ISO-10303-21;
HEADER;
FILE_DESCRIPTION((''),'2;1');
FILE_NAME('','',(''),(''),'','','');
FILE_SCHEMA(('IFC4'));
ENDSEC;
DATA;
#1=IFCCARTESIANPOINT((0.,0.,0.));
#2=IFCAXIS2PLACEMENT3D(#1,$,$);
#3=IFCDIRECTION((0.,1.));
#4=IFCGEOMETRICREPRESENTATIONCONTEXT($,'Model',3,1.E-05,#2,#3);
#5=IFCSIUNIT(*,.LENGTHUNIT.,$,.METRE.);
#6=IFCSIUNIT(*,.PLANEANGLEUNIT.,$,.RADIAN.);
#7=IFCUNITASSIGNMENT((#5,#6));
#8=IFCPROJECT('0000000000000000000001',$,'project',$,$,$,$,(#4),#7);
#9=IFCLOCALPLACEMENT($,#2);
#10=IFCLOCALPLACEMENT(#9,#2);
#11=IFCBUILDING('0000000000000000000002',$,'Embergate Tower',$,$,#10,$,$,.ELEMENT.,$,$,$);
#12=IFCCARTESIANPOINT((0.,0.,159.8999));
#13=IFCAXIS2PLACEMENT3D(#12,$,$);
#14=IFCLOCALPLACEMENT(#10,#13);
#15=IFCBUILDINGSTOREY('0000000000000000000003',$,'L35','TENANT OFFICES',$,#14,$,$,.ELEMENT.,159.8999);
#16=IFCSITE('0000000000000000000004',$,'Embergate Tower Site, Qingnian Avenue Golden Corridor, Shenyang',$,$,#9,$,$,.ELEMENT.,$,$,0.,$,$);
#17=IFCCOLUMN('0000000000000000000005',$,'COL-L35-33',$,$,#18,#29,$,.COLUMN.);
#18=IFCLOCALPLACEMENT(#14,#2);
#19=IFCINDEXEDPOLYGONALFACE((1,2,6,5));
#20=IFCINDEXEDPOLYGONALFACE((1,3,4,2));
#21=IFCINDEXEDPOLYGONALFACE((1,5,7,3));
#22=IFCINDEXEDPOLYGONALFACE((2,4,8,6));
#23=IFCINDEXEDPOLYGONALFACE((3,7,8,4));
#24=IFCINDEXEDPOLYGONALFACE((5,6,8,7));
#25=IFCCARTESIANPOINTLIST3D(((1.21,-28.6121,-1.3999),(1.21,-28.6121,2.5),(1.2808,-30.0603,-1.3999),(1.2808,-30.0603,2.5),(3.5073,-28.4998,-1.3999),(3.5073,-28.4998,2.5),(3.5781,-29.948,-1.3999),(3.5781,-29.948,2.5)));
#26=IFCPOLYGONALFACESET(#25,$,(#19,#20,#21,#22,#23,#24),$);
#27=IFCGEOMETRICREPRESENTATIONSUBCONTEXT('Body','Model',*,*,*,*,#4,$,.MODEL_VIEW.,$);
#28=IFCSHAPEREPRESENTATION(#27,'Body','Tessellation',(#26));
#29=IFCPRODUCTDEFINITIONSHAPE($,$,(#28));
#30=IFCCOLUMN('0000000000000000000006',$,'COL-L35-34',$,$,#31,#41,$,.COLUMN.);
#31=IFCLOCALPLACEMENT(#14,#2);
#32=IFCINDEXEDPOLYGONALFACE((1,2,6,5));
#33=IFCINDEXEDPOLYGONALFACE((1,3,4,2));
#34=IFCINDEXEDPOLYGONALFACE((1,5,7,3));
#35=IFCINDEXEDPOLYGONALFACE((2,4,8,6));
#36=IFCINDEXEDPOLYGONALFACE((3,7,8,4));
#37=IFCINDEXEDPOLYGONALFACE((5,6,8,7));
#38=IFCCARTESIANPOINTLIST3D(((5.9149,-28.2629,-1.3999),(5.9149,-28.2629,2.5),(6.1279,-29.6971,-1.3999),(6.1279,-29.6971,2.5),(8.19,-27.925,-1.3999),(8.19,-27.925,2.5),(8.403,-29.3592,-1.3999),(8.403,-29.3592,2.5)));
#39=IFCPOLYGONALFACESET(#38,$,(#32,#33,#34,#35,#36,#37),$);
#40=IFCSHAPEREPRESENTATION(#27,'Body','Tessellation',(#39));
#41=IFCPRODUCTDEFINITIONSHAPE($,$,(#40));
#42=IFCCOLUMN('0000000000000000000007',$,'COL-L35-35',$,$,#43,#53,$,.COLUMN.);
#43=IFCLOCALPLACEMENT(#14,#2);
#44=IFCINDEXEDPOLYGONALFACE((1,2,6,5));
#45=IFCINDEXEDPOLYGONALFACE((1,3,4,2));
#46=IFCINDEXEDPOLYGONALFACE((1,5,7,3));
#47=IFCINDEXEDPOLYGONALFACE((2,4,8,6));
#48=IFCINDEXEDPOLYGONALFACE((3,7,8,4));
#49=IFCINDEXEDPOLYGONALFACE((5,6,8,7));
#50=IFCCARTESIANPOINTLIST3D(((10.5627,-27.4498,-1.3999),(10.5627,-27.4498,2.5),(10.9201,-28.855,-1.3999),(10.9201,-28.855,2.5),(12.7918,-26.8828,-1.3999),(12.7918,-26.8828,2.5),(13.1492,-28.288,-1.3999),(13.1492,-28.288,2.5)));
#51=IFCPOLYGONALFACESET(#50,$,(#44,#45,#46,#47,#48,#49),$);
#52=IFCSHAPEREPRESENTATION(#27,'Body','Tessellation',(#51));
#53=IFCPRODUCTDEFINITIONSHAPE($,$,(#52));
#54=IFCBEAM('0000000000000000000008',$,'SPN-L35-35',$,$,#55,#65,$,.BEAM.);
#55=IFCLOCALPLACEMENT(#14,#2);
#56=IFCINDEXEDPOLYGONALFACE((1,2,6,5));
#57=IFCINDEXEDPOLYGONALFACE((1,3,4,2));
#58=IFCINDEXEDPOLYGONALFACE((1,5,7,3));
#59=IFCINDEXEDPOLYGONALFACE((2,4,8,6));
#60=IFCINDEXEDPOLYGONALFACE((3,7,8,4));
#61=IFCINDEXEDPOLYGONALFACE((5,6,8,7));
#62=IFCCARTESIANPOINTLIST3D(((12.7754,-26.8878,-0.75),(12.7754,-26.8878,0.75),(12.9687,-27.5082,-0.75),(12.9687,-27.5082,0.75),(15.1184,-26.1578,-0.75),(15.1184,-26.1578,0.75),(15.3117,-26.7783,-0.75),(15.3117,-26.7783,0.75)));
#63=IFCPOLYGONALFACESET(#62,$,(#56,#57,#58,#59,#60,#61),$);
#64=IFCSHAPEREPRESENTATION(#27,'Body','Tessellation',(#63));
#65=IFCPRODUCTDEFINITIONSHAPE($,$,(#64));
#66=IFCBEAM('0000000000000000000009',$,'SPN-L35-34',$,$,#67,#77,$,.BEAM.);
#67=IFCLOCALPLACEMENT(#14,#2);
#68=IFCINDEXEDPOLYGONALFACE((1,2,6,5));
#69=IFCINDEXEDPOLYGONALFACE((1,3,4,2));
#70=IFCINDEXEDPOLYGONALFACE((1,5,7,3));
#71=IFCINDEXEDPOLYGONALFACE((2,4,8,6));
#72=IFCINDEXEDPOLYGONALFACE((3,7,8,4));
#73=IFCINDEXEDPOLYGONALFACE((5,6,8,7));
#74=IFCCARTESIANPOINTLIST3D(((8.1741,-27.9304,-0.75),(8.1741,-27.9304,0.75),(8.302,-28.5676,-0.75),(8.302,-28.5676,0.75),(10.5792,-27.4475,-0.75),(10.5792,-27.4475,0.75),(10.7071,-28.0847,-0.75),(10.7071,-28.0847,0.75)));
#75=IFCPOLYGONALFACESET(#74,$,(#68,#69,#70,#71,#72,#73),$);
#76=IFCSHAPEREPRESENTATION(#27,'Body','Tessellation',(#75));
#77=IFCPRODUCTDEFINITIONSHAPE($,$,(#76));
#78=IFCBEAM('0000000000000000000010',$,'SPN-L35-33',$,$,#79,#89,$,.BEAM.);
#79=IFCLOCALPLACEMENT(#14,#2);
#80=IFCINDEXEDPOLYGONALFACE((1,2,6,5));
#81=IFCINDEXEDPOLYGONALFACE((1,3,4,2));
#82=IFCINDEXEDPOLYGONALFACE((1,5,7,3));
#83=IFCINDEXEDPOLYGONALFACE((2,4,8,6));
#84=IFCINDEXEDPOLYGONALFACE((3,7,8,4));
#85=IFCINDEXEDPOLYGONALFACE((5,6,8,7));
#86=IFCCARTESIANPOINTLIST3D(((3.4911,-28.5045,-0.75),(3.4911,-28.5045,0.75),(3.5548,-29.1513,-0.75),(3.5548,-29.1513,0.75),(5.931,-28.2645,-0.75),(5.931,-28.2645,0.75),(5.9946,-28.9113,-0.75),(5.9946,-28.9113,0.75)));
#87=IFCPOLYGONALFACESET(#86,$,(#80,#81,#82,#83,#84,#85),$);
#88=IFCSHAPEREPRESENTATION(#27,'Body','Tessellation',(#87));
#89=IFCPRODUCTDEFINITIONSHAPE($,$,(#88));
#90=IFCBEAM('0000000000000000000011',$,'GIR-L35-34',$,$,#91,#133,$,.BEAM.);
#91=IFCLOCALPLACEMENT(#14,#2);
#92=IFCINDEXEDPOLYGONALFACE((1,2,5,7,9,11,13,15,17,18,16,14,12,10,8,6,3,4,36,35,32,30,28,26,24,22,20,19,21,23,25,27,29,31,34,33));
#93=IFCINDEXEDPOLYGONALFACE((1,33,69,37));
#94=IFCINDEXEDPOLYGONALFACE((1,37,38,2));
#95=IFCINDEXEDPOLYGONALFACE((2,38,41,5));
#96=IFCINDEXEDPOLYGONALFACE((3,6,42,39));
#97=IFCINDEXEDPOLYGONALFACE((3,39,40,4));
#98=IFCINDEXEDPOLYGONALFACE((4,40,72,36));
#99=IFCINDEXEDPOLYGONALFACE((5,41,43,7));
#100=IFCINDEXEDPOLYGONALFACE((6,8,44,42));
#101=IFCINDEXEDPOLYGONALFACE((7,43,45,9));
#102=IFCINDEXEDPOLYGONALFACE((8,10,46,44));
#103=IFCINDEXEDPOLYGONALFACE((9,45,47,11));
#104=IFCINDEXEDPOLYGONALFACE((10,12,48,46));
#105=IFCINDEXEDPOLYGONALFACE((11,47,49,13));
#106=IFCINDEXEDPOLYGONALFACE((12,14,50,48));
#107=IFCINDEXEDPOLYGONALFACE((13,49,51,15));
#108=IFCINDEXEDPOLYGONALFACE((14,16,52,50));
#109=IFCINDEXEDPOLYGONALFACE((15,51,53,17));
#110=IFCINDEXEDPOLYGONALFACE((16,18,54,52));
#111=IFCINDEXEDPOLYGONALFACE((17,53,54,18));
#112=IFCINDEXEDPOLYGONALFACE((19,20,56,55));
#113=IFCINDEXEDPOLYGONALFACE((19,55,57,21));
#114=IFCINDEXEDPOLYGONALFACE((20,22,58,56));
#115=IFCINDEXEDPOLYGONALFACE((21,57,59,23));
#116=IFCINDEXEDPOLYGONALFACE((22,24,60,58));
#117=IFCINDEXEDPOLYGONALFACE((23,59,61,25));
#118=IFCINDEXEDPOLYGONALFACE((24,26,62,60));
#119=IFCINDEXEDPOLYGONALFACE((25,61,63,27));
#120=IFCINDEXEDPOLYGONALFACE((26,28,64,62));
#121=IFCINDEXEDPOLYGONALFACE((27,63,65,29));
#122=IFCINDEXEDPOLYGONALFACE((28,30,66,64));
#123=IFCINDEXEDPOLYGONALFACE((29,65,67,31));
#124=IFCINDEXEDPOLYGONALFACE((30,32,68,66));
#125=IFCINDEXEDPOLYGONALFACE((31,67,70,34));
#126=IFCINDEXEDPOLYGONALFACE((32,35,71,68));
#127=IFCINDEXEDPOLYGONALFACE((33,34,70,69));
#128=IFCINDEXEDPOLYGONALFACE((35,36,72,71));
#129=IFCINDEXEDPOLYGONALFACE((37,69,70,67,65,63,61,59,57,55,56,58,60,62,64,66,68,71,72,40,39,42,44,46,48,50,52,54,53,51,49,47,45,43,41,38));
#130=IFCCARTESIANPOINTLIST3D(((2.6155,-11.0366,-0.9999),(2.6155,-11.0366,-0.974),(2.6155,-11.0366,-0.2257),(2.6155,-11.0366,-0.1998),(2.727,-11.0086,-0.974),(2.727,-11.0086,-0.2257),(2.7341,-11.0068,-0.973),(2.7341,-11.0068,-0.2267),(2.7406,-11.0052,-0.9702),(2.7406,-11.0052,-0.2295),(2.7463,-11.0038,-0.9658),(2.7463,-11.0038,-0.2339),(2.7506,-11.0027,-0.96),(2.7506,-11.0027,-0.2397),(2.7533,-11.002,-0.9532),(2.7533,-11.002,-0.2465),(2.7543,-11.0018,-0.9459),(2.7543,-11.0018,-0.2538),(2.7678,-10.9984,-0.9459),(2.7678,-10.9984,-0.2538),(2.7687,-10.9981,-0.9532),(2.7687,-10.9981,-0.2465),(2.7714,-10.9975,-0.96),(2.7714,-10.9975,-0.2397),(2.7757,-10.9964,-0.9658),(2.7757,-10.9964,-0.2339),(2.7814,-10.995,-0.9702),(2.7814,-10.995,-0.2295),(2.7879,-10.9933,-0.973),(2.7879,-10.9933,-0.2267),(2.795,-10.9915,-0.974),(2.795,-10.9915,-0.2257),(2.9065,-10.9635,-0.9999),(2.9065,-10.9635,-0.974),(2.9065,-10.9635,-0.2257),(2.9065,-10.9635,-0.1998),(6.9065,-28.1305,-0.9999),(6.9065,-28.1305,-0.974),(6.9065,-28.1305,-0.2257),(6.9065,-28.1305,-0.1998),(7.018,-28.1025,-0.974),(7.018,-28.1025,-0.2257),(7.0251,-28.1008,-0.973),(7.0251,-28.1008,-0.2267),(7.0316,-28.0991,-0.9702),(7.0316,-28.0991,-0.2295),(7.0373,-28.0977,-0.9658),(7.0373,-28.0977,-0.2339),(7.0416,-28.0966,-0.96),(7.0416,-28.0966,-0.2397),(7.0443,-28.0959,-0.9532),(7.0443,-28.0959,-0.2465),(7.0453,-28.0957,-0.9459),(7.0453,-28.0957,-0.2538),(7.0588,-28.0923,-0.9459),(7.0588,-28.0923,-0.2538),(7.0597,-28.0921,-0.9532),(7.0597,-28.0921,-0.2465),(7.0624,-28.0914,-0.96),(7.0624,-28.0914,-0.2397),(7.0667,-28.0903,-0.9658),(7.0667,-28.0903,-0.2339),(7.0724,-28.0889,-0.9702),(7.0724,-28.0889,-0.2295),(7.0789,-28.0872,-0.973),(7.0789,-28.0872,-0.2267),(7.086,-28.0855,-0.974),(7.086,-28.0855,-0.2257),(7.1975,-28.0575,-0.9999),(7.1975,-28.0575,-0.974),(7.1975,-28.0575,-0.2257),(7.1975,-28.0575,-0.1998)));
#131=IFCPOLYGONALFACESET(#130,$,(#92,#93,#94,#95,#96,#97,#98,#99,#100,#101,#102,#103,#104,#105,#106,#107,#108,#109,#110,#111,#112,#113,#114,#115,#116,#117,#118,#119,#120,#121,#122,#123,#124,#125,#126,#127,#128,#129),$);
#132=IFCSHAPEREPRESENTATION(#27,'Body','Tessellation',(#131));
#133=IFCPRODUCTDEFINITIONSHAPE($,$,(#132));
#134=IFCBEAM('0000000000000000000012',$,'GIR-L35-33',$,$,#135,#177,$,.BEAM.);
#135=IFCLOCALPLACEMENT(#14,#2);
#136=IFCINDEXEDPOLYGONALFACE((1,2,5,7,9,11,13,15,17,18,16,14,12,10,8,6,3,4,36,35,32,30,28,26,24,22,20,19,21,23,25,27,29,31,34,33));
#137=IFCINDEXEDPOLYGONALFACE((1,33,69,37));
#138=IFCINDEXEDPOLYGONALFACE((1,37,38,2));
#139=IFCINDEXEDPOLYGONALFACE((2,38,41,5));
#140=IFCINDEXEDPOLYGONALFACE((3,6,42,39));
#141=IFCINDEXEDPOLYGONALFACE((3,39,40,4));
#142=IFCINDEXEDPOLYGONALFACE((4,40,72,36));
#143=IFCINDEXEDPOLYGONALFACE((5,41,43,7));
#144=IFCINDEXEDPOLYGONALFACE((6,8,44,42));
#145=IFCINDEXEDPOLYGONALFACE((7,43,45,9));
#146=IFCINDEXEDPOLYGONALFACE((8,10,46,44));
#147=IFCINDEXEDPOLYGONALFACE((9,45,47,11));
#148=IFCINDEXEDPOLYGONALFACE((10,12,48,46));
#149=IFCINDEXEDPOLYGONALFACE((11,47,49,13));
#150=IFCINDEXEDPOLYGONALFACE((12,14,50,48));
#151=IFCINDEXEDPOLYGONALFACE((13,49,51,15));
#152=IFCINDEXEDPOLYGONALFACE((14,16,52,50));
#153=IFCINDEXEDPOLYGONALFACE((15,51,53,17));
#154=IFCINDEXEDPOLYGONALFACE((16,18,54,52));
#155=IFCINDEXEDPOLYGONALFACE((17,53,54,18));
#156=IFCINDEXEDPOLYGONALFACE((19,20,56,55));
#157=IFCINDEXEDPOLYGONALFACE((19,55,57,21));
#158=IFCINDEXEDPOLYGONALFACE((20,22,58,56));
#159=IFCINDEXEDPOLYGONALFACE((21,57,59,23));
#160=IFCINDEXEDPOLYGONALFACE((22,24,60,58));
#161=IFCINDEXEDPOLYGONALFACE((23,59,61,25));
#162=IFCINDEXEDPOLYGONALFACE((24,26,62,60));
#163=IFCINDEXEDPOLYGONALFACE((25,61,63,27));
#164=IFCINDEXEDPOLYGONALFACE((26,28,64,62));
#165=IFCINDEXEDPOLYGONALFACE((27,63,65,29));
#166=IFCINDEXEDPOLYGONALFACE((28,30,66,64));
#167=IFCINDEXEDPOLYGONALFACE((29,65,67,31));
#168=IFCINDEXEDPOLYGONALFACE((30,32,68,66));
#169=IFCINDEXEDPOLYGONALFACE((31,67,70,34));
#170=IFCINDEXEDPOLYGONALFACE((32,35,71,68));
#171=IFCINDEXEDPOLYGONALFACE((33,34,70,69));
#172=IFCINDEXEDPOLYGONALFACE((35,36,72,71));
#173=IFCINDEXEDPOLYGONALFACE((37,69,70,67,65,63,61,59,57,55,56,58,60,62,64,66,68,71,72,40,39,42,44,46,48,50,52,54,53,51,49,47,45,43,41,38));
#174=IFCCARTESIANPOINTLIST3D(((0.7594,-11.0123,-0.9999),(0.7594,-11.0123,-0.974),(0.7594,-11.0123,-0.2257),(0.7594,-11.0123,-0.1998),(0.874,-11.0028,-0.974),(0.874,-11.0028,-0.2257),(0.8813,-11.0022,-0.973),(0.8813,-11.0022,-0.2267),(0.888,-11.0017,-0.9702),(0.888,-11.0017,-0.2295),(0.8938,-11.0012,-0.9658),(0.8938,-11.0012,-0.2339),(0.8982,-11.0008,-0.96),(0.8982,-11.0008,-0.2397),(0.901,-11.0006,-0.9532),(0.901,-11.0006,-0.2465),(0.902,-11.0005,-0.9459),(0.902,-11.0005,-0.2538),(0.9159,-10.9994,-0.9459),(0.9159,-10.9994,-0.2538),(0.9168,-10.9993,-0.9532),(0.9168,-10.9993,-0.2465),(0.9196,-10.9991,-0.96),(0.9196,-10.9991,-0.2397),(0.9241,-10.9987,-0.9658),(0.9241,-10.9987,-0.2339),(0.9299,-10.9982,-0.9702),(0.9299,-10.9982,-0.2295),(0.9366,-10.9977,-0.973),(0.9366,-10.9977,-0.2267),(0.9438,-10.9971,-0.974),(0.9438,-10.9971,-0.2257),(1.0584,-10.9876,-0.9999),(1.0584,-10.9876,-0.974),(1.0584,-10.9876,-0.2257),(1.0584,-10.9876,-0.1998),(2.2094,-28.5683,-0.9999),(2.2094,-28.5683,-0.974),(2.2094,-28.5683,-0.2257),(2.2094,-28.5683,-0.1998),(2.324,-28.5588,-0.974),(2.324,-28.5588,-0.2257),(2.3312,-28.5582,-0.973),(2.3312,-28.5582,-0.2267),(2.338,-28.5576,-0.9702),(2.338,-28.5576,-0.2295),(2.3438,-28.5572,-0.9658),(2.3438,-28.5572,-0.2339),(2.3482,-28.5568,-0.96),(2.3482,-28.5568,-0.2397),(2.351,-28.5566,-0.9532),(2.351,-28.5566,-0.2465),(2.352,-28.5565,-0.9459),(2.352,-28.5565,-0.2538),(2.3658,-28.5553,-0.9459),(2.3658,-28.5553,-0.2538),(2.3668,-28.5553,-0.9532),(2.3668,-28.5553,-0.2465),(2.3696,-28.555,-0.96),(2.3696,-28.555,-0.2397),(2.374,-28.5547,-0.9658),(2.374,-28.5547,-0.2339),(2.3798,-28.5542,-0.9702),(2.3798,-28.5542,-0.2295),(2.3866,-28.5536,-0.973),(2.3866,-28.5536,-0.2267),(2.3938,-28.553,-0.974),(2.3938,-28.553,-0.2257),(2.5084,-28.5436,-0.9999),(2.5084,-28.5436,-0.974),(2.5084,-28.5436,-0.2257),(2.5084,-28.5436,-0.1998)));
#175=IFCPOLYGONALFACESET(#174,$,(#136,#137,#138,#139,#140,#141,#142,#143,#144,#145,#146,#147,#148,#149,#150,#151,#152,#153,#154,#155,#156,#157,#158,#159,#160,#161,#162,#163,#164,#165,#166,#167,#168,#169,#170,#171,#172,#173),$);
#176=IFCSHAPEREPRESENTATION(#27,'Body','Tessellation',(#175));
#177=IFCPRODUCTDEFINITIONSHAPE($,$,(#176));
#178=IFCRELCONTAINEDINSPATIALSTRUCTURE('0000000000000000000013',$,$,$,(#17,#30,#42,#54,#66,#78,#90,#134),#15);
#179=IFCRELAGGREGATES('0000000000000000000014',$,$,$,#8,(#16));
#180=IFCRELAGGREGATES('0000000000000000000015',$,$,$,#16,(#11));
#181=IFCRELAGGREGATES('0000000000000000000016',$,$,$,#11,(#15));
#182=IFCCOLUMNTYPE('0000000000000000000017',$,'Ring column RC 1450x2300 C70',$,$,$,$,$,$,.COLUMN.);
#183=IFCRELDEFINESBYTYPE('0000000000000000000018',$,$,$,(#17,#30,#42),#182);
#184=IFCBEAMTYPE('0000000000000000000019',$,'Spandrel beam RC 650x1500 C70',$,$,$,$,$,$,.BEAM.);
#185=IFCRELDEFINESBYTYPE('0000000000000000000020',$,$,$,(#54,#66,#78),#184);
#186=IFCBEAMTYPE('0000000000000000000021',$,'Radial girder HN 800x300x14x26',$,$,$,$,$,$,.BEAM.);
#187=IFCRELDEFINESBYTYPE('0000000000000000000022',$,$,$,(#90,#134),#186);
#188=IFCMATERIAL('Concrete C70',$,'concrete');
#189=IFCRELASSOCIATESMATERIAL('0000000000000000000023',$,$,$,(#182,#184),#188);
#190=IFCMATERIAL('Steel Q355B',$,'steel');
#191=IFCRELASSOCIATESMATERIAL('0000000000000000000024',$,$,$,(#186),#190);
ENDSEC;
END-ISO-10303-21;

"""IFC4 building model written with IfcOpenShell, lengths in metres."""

from ifc_helpers import new_model, si_unit, direction, frame, origin, origin_2d, place, context, subcontext, project, spatial, rectangle, i_section, extrude, source, transform, mapped, material, material_profile, profile_set, type_object, element, save


model = new_model("IFC4")

# Units and contexts
model_context = context("Model", 3, precision=1e-05, world=origin(), true_north=direction((0.0, 1.0)))
body_context = subcontext(model_context, "Body", "Model", "MODEL_VIEW")
ifc_project = project(units=[si_unit("LENGTHUNIT", "METRE"), si_unit("PLANEANGLEUNIT", "RADIAN")], contexts=[model_context])

# Site, building, storey
site_placement = place(None, origin())
site = spatial("IfcSite", under=ifc_project, at=site_placement, Name="Embergate Tower Site, Qingnian Avenue Golden Corridor, Shenyang", CompositionType="ELEMENT", RefElevation=0.0)
building_placement = place(site_placement, origin())
building = spatial("IfcBuilding", under=site, at=building_placement, Name="Embergate Tower", CompositionType="ELEMENT")
storey_placement = place(building_placement, frame((0.0, 0.0, 159.8999)))
storey = spatial("IfcBuildingStorey", under=building, at=storey_placement, Name="L35", Description="TENANT OFFICES", CompositionType="ELEMENT", Elevation=159.8999)

# Columns
ifc_material_1 = material(Name="Concrete C70", Category="concrete")
ifc_material_profile_1 = material_profile(ifc_material_1, rectangle(XDim=1.45, YDim=2.3, at=origin_2d()), Name="RC 1450x2300")
ifc_profile_set_1 = profile_set([ifc_material_profile_1], Name="Concrete C70")
column_type = type_object("IfcColumnType", Name="Ring column RC 1450x2300 C70", PredefinedType="COLUMN", material=ifc_profile_set_1)
shared_shape_1 = source(origin(), body_context, "Body", "SweptSolid", [
    extrude(rectangle(XDim=1.45, YDim=2.3, at=origin_2d()), origin(), (0.0, 0.0, 1.0), 3.8999),
])
for number, where, z_axis, x_axis, name in (
    (1, (2.394, -29.28, -1.3999), (0.0, 0.0, 1.0), (0.048815, -0.998808, 0.0), "COL-L35-33"),
    (2, (7.1589, -28.811, -1.3999), (0.0, 0.0, 1.0), (0.146929, -0.989147, 0.0), "COL-L35-34"),
    (3, (11.856, -27.8689, -1.3999), (0.0, 0.0, 1.0), (0.246492, -0.969145, 0.0), "COL-L35-35"),
):
    element("IfcColumn", number, at=place(storey_placement, frame(where, z_axis=z_axis, x_axis=x_axis)), inside=storey, type_object=column_type, Name=name, PredefinedType="COLUMN", context=body_context, shape_type="MappedRepresentation", body=[
        mapped(shared_shape_1, transform((0.0, 0.0, 0.0))),
    ])

# Beams
ifc_material_profile_2 = material_profile(ifc_material_1, rectangle(XDim=0.6499, YDim=1.5, at=origin_2d()), Name="RC 650x1500")
ifc_profile_set_2 = profile_set([ifc_material_profile_2], Name="Concrete C70")
beam_type_1 = type_object("IfcBeamType", Name="Spandrel beam RC 650x1500 C70", PredefinedType="BEAM", material=ifc_profile_set_2)
shared_shape_2 = source(origin(), body_context, "Body", "SweptSolid", [
    extrude(rectangle(XDim=0.6499, YDim=1.5, at=origin_2d()), origin(), (0.0, 0.0, 1.0), 2.4541),
])
beam_1_placement = place(storey_placement, frame((12.8721, -27.198, 0.0), z_axis=(0.954736, 0.297454, 0.0), x_axis=(-0.297454, 0.954736, 0.0)))
element("IfcBeam", 4, at=beam_1_placement, inside=storey, type_object=beam_type_1, Name="SPN-L35-35", PredefinedType="BEAM", context=body_context, shape_type="MappedRepresentation", body=[
    mapped(shared_shape_2, transform((0.0, 0.0, 0.0))),
])
shared_shape_3 = source(origin(), body_context, "Body", "SweptSolid", [
    extrude(rectangle(XDim=0.6499, YDim=1.5, at=origin_2d()), origin(), (0.0, 0.0, 1.0), 2.4531),
])
beam_2_placement = place(storey_placement, frame((8.238, -28.249, 0.0), z_axis=(0.980431, 0.196863, 0.0), x_axis=(-0.196863, 0.980431, 0.0)))
element("IfcBeam", 5, at=beam_2_placement, inside=storey, type_object=beam_type_1, Name="SPN-L35-34", PredefinedType="BEAM", context=body_context, shape_type="MappedRepresentation", body=[
    mapped(shared_shape_3, transform((0.0, 0.0, 0.0))),
])
shared_shape_4 = source(origin(), body_context, "Body", "SweptSolid", [
    extrude(rectangle(XDim=0.6499, YDim=1.5, at=origin_2d()), origin(), (0.0, 0.0, 1.0), 2.4517),
])
beam_3_placement = place(storey_placement, frame((3.5229, -28.8279, 0.0), z_axis=(0.995198, 0.097887, 0.0), x_axis=(-0.097887, 0.995198, 0.0)))
element("IfcBeam", 6, at=beam_3_placement, inside=storey, type_object=beam_type_1, Name="SPN-L35-33", PredefinedType="BEAM", context=body_context, shape_type="MappedRepresentation", body=[
    mapped(shared_shape_4, transform((0.0, 0.0, 0.0))),
])
ifc_material_2 = material(Name="Steel Q355B", Category="steel")
ifc_material_profile_3 = material_profile(ifc_material_2, i_section(OverallWidth=0.3, OverallDepth=0.8, WebThickness=0.0139, FlangeThickness=0.0259, FilletRadius=0.0281, at=origin_2d()), Name="HN 800x300x14x26")
ifc_profile_set_3 = profile_set([ifc_material_profile_3], Name="Steel Q355 grade B")
beam_type_2 = type_object("IfcBeamType", Name="Radial girder HN 800x300x14x26", PredefinedType="BEAM", material=ifc_profile_set_3)
shared_shape_5 = source(origin(), body_context, "Body", "SweptSolid", [
    extrude(i_section(OverallWidth=0.3, OverallDepth=0.8, WebThickness=0.0139, FlangeThickness=0.0259, FilletRadius=0.0281, at=origin_2d()), origin(), (0.0, 0.0, 1.0), 17.6243),
])
beam_4_placement = place(storey_placement, frame((7.052, -28.094, -0.5999), z_axis=(-0.243471, 0.969908, 0.0), x_axis=(-0.969908, -0.243471, 0.0)))
element("IfcBeam", 7, at=beam_4_placement, inside=storey, type_object=beam_type_2, Name="GIR-L35-34", PredefinedType="BEAM", context=body_context, shape_type="MappedRepresentation", body=[
    mapped(shared_shape_5, transform((0.0, 0.0, 0.0))),
])
shared_shape_6 = source(origin(), body_context, "Body", "SweptSolid", [
    extrude(i_section(OverallWidth=0.3, OverallDepth=0.8, WebThickness=0.0139, FlangeThickness=0.0259, FilletRadius=0.0281, at=origin_2d()), origin(), (0.0, 0.0, 1.0), 17.6157),
])
beam_5_placement = place(storey_placement, frame((2.3589, -28.5559, -0.5999), z_axis=(-0.08231, 0.996607, 0.0), x_axis=(-0.996607, -0.08231, 0.0)))
element("IfcBeam", 8, at=beam_5_placement, inside=storey, type_object=beam_type_2, Name="GIR-L35-33", PredefinedType="BEAM", context=body_context, shape_type="MappedRepresentation", body=[
    mapped(shared_shape_6, transform((0.0, 0.0, 0.0))),
])

save(model, "model.ifc")
